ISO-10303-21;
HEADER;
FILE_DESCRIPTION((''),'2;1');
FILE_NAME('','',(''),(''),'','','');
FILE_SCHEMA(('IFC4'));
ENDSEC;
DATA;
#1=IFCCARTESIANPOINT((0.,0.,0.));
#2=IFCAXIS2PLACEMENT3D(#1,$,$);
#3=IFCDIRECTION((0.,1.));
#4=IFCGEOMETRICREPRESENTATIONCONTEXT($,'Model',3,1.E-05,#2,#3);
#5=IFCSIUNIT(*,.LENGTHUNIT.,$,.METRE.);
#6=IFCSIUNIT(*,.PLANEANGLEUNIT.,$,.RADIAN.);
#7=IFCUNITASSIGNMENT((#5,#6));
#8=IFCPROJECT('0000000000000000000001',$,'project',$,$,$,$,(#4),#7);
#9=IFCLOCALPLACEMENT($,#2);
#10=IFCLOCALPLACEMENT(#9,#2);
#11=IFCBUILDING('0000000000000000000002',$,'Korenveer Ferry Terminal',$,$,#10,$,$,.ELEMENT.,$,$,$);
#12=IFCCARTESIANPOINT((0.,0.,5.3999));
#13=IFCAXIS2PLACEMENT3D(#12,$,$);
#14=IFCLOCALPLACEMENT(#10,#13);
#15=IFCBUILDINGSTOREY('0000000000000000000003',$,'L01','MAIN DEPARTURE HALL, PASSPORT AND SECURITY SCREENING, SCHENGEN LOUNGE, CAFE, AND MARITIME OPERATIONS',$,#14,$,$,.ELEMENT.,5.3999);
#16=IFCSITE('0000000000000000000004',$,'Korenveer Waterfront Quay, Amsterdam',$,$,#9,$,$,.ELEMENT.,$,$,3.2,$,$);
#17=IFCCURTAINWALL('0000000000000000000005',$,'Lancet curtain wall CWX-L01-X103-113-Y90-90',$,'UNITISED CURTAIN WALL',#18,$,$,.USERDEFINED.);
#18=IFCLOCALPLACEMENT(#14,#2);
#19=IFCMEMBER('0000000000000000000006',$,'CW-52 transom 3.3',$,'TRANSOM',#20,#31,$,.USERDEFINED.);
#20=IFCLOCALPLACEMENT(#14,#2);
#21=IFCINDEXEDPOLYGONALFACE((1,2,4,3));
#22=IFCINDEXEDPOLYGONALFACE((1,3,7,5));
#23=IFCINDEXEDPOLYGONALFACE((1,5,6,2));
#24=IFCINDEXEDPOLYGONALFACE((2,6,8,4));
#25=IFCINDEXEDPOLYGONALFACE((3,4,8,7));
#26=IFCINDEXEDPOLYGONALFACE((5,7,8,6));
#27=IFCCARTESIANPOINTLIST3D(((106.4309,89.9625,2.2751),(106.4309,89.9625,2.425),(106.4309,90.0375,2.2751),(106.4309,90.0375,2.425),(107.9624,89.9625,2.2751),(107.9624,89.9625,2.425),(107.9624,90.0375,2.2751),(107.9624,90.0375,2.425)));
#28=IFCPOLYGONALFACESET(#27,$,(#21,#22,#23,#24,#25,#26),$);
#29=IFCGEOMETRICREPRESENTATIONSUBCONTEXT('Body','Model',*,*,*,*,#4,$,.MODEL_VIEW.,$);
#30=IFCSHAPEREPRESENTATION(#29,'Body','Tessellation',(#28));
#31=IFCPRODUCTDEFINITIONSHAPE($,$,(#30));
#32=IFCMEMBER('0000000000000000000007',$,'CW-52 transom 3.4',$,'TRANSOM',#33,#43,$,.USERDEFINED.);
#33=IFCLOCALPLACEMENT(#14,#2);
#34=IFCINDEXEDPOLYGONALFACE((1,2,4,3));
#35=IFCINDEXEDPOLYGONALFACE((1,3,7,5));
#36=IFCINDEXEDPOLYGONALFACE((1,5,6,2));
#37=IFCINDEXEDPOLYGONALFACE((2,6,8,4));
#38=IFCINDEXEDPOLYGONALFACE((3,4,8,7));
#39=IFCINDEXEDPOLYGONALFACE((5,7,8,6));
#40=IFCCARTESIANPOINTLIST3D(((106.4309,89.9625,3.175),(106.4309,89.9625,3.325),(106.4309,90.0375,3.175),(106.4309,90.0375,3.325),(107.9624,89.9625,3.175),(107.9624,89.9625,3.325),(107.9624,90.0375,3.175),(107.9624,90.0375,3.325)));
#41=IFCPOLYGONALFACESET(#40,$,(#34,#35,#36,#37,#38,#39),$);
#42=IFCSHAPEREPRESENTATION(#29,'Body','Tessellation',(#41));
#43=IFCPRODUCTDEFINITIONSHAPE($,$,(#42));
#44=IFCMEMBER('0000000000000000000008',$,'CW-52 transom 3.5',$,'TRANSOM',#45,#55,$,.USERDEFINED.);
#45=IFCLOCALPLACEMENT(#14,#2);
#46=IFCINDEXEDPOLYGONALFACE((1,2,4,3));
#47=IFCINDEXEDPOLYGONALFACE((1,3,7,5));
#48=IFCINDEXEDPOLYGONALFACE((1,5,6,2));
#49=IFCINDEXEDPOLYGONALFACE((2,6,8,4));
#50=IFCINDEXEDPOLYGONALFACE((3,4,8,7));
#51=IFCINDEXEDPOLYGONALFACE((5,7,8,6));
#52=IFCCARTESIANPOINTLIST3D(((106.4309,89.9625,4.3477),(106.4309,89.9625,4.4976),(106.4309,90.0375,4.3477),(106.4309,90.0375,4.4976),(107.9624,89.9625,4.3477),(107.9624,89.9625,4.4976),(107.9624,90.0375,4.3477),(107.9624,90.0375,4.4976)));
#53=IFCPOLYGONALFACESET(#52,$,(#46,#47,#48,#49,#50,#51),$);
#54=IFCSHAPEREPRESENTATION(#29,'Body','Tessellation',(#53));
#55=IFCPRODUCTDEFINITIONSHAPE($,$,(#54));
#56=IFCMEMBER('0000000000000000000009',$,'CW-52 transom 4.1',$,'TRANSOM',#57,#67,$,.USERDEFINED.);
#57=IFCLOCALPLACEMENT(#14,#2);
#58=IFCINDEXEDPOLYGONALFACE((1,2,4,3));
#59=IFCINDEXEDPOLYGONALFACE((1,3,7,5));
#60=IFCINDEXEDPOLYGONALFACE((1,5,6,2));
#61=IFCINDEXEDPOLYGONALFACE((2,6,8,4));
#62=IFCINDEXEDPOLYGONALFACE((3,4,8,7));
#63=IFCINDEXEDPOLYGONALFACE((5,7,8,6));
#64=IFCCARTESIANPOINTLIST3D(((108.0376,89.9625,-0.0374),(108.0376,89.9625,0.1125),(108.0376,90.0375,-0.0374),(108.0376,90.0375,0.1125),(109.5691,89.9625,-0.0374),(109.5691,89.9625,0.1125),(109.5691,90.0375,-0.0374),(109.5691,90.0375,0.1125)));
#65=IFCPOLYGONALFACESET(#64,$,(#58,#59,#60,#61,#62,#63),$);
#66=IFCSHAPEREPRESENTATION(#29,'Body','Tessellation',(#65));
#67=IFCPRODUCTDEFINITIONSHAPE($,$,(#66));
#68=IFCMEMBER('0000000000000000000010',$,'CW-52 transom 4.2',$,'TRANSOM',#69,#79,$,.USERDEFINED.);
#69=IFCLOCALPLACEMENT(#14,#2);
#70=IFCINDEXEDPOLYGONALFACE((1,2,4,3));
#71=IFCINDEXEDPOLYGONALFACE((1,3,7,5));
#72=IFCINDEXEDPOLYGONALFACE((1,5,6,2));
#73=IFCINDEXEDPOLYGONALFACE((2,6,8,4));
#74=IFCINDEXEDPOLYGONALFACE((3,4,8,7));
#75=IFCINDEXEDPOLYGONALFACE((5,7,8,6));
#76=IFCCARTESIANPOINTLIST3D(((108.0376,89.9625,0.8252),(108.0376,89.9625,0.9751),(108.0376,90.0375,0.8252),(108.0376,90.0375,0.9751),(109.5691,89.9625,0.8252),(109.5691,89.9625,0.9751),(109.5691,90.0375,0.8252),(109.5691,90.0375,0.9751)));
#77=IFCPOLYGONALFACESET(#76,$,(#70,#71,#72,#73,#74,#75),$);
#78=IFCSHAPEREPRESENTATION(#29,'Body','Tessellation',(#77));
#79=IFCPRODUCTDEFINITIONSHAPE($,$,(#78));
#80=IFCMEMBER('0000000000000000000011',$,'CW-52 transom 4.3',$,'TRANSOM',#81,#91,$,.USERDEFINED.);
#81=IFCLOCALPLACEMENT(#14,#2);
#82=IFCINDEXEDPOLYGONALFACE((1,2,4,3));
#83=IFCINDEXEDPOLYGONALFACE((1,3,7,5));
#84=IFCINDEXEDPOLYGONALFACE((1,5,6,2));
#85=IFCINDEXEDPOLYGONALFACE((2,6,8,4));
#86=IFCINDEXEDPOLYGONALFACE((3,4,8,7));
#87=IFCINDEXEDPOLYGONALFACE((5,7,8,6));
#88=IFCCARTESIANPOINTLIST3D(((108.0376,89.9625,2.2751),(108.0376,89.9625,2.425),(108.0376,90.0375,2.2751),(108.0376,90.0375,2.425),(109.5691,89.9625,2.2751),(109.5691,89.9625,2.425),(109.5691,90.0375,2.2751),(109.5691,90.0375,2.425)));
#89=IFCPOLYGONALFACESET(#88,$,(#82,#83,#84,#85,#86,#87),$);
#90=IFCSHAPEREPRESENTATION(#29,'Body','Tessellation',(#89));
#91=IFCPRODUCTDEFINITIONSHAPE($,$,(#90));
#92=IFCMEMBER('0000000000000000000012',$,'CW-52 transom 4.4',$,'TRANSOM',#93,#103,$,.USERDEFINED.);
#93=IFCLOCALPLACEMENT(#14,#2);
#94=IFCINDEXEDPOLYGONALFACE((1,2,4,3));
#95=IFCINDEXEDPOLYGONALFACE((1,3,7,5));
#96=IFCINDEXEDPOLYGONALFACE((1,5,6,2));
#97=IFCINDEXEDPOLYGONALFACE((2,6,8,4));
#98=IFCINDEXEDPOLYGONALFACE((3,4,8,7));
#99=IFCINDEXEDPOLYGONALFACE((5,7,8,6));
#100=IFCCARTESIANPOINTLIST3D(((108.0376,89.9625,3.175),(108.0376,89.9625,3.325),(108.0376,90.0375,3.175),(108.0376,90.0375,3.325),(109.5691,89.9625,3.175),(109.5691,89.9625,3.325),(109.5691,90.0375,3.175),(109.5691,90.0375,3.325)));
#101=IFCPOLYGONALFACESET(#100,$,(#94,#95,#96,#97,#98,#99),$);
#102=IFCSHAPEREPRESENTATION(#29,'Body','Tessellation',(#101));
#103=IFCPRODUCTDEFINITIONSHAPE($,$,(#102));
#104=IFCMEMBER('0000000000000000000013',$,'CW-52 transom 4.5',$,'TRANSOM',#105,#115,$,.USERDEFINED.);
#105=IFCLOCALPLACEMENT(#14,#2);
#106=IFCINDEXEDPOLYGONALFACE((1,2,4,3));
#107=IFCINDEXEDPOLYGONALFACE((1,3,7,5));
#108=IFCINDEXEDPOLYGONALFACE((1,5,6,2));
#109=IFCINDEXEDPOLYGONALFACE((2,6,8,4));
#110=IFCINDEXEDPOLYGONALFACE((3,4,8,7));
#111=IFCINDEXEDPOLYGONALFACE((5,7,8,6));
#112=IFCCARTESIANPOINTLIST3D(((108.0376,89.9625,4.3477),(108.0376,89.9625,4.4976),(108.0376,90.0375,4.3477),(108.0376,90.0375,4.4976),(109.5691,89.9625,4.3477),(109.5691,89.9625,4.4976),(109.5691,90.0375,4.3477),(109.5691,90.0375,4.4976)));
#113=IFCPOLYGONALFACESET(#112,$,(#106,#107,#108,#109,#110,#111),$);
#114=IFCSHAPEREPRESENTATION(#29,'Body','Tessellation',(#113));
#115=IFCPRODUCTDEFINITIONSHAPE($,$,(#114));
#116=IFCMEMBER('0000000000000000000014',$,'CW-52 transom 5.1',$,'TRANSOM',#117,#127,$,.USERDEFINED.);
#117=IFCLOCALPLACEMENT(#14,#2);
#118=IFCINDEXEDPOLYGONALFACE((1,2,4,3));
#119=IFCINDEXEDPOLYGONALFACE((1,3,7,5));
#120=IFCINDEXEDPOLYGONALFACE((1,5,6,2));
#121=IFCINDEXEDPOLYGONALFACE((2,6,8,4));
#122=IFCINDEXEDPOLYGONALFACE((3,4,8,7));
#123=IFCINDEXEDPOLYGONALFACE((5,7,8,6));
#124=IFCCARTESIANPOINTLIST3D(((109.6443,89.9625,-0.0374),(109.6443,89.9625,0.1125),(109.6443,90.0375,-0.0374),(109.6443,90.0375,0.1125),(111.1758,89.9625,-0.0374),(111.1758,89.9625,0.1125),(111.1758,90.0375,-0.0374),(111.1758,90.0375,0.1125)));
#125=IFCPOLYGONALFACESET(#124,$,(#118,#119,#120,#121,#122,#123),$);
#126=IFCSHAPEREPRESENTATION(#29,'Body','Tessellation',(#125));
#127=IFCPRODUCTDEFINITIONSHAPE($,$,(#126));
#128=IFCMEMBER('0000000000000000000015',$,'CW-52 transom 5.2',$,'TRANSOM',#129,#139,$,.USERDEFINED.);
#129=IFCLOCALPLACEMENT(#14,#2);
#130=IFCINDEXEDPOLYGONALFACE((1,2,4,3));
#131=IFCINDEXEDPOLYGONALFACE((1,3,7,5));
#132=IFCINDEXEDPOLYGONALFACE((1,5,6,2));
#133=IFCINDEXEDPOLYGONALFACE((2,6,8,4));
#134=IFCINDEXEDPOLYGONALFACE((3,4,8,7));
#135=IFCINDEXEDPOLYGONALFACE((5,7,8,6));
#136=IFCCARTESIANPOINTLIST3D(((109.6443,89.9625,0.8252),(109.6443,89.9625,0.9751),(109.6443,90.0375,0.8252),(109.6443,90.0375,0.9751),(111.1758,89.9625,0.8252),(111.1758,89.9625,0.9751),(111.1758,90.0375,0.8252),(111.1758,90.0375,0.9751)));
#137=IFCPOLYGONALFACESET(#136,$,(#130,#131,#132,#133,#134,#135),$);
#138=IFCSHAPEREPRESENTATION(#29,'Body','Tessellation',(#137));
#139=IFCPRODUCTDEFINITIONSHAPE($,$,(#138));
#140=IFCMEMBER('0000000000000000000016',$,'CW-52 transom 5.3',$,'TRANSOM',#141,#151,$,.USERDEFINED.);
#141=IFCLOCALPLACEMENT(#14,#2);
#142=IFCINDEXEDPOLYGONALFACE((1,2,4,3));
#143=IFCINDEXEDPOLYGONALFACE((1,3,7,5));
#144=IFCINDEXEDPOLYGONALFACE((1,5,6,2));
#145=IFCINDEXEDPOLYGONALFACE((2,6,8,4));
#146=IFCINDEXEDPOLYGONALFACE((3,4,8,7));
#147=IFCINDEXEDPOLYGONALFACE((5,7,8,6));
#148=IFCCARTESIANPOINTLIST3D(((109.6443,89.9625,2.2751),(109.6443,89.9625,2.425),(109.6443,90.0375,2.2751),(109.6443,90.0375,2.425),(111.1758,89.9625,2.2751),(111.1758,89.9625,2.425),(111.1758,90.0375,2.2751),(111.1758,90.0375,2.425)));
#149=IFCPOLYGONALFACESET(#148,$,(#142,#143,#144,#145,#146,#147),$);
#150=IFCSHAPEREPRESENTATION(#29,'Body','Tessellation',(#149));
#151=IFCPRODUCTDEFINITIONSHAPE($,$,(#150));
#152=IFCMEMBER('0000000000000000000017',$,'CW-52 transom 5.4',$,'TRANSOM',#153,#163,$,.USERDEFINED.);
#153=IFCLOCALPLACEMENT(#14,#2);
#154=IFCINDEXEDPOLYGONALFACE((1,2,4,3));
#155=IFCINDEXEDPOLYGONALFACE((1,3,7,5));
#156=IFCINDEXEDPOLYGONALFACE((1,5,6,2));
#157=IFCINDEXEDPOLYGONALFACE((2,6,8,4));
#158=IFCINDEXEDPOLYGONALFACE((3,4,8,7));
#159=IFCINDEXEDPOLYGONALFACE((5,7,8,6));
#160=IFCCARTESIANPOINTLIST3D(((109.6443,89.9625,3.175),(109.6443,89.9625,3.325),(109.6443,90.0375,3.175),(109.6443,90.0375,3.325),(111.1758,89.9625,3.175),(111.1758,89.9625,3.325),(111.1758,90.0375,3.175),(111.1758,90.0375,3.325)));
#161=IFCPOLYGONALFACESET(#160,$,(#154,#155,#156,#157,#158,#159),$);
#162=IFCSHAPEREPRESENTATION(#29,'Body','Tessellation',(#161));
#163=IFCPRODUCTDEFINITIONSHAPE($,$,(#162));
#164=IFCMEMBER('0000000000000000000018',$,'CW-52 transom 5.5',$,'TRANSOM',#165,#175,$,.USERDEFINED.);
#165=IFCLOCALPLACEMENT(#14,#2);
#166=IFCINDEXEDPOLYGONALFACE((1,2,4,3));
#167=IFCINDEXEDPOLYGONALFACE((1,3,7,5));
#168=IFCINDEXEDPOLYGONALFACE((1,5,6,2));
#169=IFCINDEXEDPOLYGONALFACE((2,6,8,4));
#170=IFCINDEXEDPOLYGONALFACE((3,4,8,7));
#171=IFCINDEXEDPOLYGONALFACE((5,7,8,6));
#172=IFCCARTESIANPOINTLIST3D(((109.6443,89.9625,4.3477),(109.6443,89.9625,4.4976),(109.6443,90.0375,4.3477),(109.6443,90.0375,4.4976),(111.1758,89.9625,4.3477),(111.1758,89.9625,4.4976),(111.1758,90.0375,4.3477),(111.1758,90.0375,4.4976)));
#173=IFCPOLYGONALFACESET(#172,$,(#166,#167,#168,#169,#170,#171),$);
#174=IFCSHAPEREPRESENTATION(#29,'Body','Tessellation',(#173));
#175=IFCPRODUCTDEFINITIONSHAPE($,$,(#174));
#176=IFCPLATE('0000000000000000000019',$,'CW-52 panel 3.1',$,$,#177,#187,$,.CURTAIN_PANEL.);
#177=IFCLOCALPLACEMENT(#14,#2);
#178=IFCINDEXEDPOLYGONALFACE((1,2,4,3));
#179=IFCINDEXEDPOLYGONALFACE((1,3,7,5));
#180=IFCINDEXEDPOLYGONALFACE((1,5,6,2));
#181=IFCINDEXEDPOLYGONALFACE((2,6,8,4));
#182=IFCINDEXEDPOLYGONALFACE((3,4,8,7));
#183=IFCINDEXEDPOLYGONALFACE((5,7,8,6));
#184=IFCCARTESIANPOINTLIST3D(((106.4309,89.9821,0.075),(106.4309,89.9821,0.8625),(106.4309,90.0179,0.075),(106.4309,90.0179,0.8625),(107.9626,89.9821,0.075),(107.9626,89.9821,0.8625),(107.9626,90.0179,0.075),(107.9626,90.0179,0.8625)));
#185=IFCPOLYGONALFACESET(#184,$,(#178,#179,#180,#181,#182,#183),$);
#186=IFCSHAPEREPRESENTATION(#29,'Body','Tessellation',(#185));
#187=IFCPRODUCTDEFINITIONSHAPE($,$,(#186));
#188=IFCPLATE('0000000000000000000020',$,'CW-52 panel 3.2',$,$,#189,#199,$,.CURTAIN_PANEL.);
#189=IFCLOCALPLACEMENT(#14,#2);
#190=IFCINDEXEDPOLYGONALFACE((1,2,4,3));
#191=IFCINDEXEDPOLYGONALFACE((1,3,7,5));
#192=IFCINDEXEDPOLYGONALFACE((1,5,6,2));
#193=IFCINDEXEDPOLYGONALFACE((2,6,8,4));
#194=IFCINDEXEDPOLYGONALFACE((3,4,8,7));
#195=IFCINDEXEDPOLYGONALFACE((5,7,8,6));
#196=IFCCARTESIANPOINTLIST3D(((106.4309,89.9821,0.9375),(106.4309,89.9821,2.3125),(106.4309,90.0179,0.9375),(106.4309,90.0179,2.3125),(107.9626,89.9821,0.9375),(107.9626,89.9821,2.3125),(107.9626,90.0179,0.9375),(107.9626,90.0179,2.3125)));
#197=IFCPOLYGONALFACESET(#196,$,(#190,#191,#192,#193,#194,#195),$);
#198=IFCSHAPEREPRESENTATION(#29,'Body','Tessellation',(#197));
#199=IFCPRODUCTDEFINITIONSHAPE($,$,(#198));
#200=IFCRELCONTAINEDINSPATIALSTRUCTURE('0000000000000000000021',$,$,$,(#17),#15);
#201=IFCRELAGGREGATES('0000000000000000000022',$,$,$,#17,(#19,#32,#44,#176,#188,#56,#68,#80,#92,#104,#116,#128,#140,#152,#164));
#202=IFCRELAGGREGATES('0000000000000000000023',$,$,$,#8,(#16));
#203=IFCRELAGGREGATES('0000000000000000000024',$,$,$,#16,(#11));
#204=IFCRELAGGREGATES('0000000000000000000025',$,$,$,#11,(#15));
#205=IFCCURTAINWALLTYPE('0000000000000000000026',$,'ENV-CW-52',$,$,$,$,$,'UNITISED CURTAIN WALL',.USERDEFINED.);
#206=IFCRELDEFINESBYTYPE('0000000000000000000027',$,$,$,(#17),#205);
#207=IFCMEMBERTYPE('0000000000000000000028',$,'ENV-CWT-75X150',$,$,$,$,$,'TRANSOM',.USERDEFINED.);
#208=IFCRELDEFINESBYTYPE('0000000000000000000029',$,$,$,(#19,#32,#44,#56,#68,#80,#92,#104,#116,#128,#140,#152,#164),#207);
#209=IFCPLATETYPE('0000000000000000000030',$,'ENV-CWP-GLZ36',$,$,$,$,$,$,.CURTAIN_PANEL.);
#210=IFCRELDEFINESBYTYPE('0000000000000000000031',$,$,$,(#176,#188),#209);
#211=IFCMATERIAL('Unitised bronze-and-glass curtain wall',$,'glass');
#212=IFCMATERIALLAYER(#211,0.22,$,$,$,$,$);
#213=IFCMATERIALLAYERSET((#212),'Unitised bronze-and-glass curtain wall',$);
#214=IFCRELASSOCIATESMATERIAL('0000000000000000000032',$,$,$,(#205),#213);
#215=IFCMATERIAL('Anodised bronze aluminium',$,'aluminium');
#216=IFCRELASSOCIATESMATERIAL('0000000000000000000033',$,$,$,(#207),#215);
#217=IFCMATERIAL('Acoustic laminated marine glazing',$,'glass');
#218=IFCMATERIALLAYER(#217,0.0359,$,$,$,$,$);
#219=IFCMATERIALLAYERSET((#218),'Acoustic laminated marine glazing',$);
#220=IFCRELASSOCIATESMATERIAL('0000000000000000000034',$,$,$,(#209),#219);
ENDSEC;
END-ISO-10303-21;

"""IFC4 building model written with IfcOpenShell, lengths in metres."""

from ifc_helpers import new_model, si_unit, direction, frame, origin, origin_2d, place, context, subcontext, project, spatial, rectangle, extrude, material, layer, layer_set, material_profile, profile_set, type_object, element, aggregate, save


model = new_model("IFC4")

# Units and contexts
model_context = context("Model", 3, precision=1e-05, world=origin(), true_north=direction((0.0, 1.0)))
body_context = subcontext(model_context, "Body", "Model", "MODEL_VIEW")
ifc_project = project(units=[si_unit("LENGTHUNIT", "METRE"), si_unit("PLANEANGLEUNIT", "RADIAN")], contexts=[model_context])

# Site, building, storey
site_placement = place(None, origin())
site = spatial("IfcSite", under=ifc_project, at=site_placement, Name="Korenveer Waterfront Quay, Amsterdam", CompositionType="ELEMENT", RefElevation=3.2)
building_placement = place(site_placement, origin())
building = spatial("IfcBuilding", under=site, at=building_placement, Name="Korenveer Ferry Terminal", CompositionType="ELEMENT")
storey_placement = place(building_placement, frame((0.0, 0.0, 5.3999)))
storey = spatial("IfcBuildingStorey", under=building, at=storey_placement, Name="L01", Description="MAIN DEPARTURE HALL, PASSPORT AND SECURITY SCREENING, SCHENGEN LOUNGE, CAFE, AND MARITIME OPERATIONS", CompositionType="ELEMENT", Elevation=5.3999)

# Curtain wall, members, plates
ifc_material_1 = material(Name="Unitised bronze-and-glass curtain wall", Category="glass")
ifc_layer_1 = layer(ifc_material_1, 0.22)
ifc_layer_set_1 = layer_set([ifc_layer_1], Name="Unitised bronze-and-glass curtain wall")
curtain_wall_type = type_object("IfcCurtainWallType", Name="ENV-CW-52", ElementType="UNITISED CURTAIN WALL", PredefinedType="USERDEFINED", material=ifc_layer_set_1)
curtain_wall_placement = place(storey_placement, frame((103.1799, 90.0, 0.0)))
curtain_wall = element("IfcCurtainWall", 1, at=curtain_wall_placement, inside=storey, type_object=curtain_wall_type, Name="Lancet curtain wall CWX-L01-X103-113-Y90-90", ObjectType="UNITISED CURTAIN WALL", PredefinedType="USERDEFINED")
ifc_material_2 = material(Name="Anodised bronze aluminium", Category="aluminium")
ifc_material_profile_1 = material_profile(ifc_material_2, rectangle(XDim=0.075, YDim=0.1499, at=origin_2d()), Name="ALU 75x150")
ifc_profile_set_1 = profile_set([ifc_material_profile_1], Name="Anodised bronze aluminium")
member_type_1 = type_object("IfcMemberType", Name="ENV-CWT-75X150", ElementType="TRANSOM", PredefinedType="USERDEFINED", material=ifc_profile_set_1)
member_1_placement = place(storey_placement, frame((106.4309, 90.0, 2.3501), z_axis=(1.0, 0.0, 0.0), x_axis=(0.0, 1.0, 0.0)))
member_1 = element("IfcMember", 2, at=member_1_placement, type_object=member_type_1, Name="CW-52 transom 3.3", ObjectType="TRANSOM", PredefinedType="USERDEFINED", context=body_context, shape_type="SweptSolid", body=[
    extrude(rectangle(XDim=0.075, YDim=0.1499, at=origin_2d()), origin(), (0.0, 0.0, 1.0), 1.5315),
])
member_2_placement = place(storey_placement, frame((106.4309, 90.0, 3.25), z_axis=(1.0, 0.0, 0.0), x_axis=(0.0, 1.0, 0.0)))
member_2 = element("IfcMember", 3, at=member_2_placement, type_object=member_type_1, Name="CW-52 transom 3.4", ObjectType="TRANSOM", PredefinedType="USERDEFINED", context=body_context, shape_type="SweptSolid", body=[
    extrude(rectangle(XDim=0.075, YDim=0.1499, at=origin_2d()), origin(), (0.0, 0.0, 1.0), 1.5315),
])
member_3_placement = place(storey_placement, frame((106.4309, 90.0, 4.4226), z_axis=(1.0, 0.0, 0.0), x_axis=(0.0, 1.0, 0.0)))
member_3 = element("IfcMember", 4, at=member_3_placement, type_object=member_type_1, Name="CW-52 transom 3.5", ObjectType="TRANSOM", PredefinedType="USERDEFINED", context=body_context, shape_type="SweptSolid", body=[
    extrude(rectangle(XDim=0.075, YDim=0.1499, at=origin_2d()), origin(), (0.0, 0.0, 1.0), 1.5315),
])
member_4_placement = place(storey_placement, frame((108.0376, 90.0, 0.0376), z_axis=(1.0, 0.0, 0.0), x_axis=(0.0, 1.0, 0.0)))
member_4 = element("IfcMember", 5, at=member_4_placement, type_object=member_type_1, Name="CW-52 transom 4.1", ObjectType="TRANSOM", PredefinedType="USERDEFINED", context=body_context, shape_type="SweptSolid", body=[
    extrude(rectangle(XDim=0.075, YDim=0.1499, at=origin_2d()), origin(), (0.0, 0.0, 1.0), 1.5315),
])
member_5_placement = place(storey_placement, frame((108.0376, 90.0, 0.9001), z_axis=(1.0, 0.0, 0.0), x_axis=(0.0, 1.0, 0.0)))
member_5 = element("IfcMember", 6, at=member_5_placement, type_object=member_type_1, Name="CW-52 transom 4.2", ObjectType="TRANSOM", PredefinedType="USERDEFINED", context=body_context, shape_type="SweptSolid", body=[
    extrude(rectangle(XDim=0.075, YDim=0.1499, at=origin_2d()), origin(), (0.0, 0.0, 1.0), 1.5315),
])
member_6_placement = place(storey_placement, frame((108.0376, 90.0, 2.3501), z_axis=(1.0, 0.0, 0.0), x_axis=(0.0, 1.0, 0.0)))
member_6 = element("IfcMember", 7, at=member_6_placement, type_object=member_type_1, Name="CW-52 transom 4.3", ObjectType="TRANSOM", PredefinedType="USERDEFINED", context=body_context, shape_type="SweptSolid", body=[
    extrude(rectangle(XDim=0.075, YDim=0.1499, at=origin_2d()), origin(), (0.0, 0.0, 1.0), 1.5315),
])
member_7_placement = place(storey_placement, frame((108.0376, 90.0, 3.25), z_axis=(1.0, 0.0, 0.0), x_axis=(0.0, 1.0, 0.0)))
member_7 = element("IfcMember", 8, at=member_7_placement, type_object=member_type_1, Name="CW-52 transom 4.4", ObjectType="TRANSOM", PredefinedType="USERDEFINED", context=body_context, shape_type="SweptSolid", body=[
    extrude(rectangle(XDim=0.075, YDim=0.1499, at=origin_2d()), origin(), (0.0, 0.0, 1.0), 1.5315),
])
member_8_placement = place(storey_placement, frame((108.0376, 90.0, 4.4226), z_axis=(1.0, 0.0, 0.0), x_axis=(0.0, 1.0, 0.0)))
member_8 = element("IfcMember", 9, at=member_8_placement, type_object=member_type_1, Name="CW-52 transom 4.5", ObjectType="TRANSOM", PredefinedType="USERDEFINED", context=body_context, shape_type="SweptSolid", body=[
    extrude(rectangle(XDim=0.075, YDim=0.1499, at=origin_2d()), origin(), (0.0, 0.0, 1.0), 1.5315),
])
member_9_placement = place(storey_placement, frame((109.6443, 90.0, 0.0376), z_axis=(1.0, 0.0, 0.0), x_axis=(0.0, 1.0, 0.0)))
member_9 = element("IfcMember", 10, at=member_9_placement, type_object=member_type_1, Name="CW-52 transom 5.1", ObjectType="TRANSOM", PredefinedType="USERDEFINED", context=body_context, shape_type="SweptSolid", body=[
    extrude(rectangle(XDim=0.075, YDim=0.1499, at=origin_2d()), origin(), (0.0, 0.0, 1.0), 1.5315),
])
member_10_placement = place(storey_placement, frame((109.6443, 90.0, 0.9001), z_axis=(1.0, 0.0, 0.0), x_axis=(0.0, 1.0, 0.0)))
member_10 = element("IfcMember", 11, at=member_10_placement, type_object=member_type_1, Name="CW-52 transom 5.2", ObjectType="TRANSOM", PredefinedType="USERDEFINED", context=body_context, shape_type="SweptSolid", body=[
    extrude(rectangle(XDim=0.075, YDim=0.1499, at=origin_2d()), origin(), (0.0, 0.0, 1.0), 1.5315),
])
member_11_placement = place(storey_placement, frame((109.6443, 90.0, 2.3501), z_axis=(1.0, 0.0, 0.0), x_axis=(0.0, 1.0, 0.0)))
member_11 = element("IfcMember", 12, at=member_11_placement, type_object=member_type_1, Name="CW-52 transom 5.3", ObjectType="TRANSOM", PredefinedType="USERDEFINED", context=body_context, shape_type="SweptSolid", body=[
    extrude(rectangle(XDim=0.075, YDim=0.1499, at=origin_2d()), origin(), (0.0, 0.0, 1.0), 1.5315),
])
member_12_placement = place(storey_placement, frame((109.6443, 90.0, 3.25), z_axis=(1.0, 0.0, 0.0), x_axis=(0.0, 1.0, 0.0)))
member_12 = element("IfcMember", 13, at=member_12_placement, type_object=member_type_1, Name="CW-52 transom 5.4", ObjectType="TRANSOM", PredefinedType="USERDEFINED", context=body_context, shape_type="SweptSolid", body=[
    extrude(rectangle(XDim=0.075, YDim=0.1499, at=origin_2d()), origin(), (0.0, 0.0, 1.0), 1.5315),
])
member_13_placement = place(storey_placement, frame((109.6443, 90.0, 4.4226), z_axis=(1.0, 0.0, 0.0), x_axis=(0.0, 1.0, 0.0)))
member_13 = element("IfcMember", 14, at=member_13_placement, type_object=member_type_1, Name="CW-52 transom 5.5", ObjectType="TRANSOM", PredefinedType="USERDEFINED", context=body_context, shape_type="SweptSolid", body=[
    extrude(rectangle(XDim=0.075, YDim=0.1499, at=origin_2d()), origin(), (0.0, 0.0, 1.0), 1.5315),
])
ifc_material_3 = material(Name="Acoustic laminated marine glazing", Category="glass")
ifc_layer_2 = layer(ifc_material_3, 0.0359)
ifc_layer_set_2 = layer_set([ifc_layer_2], Name="Acoustic laminated marine glazing")
plate_type_1 = type_object("IfcPlateType", Name="ENV-CWP-GLZ36", PredefinedType="CURTAIN_PANEL", material=ifc_layer_set_2)
plate_1_placement = place(storey_placement, frame((107.1968, 90.0, 0.075), z_axis=(0.0, 0.0, 1.0), x_axis=(1.0, 0.0, 0.0)))
plate_1 = element("IfcPlate", 15, at=plate_1_placement, type_object=plate_type_1, Name="CW-52 panel 3.1", PredefinedType="CURTAIN_PANEL", context=body_context, shape_type="SweptSolid", body=[
    extrude(rectangle(XDim=1.5317, YDim=0.0359, at=origin_2d()), origin(), (0.0, 0.0, 1.0), 0.7876),
])
plate_2_placement = place(storey_placement, frame((107.1968, 90.0, 0.9375), z_axis=(0.0, 0.0, 1.0), x_axis=(1.0, 0.0, 0.0)))
plate_2 = element("IfcPlate", 16, at=plate_2_placement, type_object=plate_type_1, Name="CW-52 panel 3.2", PredefinedType="CURTAIN_PANEL", context=body_context, shape_type="SweptSolid", body=[
    extrude(rectangle(XDim=1.5317, YDim=0.0359, at=origin_2d()), origin(), (0.0, 0.0, 1.0), 1.375),
])
aggregate(curtain_wall, [member_1, member_2, member_3, plate_1, plate_2, member_4, member_5, member_6, member_7, member_8, member_9, member_10, member_11, member_12, member_13])

save(model, "model.ifc")
